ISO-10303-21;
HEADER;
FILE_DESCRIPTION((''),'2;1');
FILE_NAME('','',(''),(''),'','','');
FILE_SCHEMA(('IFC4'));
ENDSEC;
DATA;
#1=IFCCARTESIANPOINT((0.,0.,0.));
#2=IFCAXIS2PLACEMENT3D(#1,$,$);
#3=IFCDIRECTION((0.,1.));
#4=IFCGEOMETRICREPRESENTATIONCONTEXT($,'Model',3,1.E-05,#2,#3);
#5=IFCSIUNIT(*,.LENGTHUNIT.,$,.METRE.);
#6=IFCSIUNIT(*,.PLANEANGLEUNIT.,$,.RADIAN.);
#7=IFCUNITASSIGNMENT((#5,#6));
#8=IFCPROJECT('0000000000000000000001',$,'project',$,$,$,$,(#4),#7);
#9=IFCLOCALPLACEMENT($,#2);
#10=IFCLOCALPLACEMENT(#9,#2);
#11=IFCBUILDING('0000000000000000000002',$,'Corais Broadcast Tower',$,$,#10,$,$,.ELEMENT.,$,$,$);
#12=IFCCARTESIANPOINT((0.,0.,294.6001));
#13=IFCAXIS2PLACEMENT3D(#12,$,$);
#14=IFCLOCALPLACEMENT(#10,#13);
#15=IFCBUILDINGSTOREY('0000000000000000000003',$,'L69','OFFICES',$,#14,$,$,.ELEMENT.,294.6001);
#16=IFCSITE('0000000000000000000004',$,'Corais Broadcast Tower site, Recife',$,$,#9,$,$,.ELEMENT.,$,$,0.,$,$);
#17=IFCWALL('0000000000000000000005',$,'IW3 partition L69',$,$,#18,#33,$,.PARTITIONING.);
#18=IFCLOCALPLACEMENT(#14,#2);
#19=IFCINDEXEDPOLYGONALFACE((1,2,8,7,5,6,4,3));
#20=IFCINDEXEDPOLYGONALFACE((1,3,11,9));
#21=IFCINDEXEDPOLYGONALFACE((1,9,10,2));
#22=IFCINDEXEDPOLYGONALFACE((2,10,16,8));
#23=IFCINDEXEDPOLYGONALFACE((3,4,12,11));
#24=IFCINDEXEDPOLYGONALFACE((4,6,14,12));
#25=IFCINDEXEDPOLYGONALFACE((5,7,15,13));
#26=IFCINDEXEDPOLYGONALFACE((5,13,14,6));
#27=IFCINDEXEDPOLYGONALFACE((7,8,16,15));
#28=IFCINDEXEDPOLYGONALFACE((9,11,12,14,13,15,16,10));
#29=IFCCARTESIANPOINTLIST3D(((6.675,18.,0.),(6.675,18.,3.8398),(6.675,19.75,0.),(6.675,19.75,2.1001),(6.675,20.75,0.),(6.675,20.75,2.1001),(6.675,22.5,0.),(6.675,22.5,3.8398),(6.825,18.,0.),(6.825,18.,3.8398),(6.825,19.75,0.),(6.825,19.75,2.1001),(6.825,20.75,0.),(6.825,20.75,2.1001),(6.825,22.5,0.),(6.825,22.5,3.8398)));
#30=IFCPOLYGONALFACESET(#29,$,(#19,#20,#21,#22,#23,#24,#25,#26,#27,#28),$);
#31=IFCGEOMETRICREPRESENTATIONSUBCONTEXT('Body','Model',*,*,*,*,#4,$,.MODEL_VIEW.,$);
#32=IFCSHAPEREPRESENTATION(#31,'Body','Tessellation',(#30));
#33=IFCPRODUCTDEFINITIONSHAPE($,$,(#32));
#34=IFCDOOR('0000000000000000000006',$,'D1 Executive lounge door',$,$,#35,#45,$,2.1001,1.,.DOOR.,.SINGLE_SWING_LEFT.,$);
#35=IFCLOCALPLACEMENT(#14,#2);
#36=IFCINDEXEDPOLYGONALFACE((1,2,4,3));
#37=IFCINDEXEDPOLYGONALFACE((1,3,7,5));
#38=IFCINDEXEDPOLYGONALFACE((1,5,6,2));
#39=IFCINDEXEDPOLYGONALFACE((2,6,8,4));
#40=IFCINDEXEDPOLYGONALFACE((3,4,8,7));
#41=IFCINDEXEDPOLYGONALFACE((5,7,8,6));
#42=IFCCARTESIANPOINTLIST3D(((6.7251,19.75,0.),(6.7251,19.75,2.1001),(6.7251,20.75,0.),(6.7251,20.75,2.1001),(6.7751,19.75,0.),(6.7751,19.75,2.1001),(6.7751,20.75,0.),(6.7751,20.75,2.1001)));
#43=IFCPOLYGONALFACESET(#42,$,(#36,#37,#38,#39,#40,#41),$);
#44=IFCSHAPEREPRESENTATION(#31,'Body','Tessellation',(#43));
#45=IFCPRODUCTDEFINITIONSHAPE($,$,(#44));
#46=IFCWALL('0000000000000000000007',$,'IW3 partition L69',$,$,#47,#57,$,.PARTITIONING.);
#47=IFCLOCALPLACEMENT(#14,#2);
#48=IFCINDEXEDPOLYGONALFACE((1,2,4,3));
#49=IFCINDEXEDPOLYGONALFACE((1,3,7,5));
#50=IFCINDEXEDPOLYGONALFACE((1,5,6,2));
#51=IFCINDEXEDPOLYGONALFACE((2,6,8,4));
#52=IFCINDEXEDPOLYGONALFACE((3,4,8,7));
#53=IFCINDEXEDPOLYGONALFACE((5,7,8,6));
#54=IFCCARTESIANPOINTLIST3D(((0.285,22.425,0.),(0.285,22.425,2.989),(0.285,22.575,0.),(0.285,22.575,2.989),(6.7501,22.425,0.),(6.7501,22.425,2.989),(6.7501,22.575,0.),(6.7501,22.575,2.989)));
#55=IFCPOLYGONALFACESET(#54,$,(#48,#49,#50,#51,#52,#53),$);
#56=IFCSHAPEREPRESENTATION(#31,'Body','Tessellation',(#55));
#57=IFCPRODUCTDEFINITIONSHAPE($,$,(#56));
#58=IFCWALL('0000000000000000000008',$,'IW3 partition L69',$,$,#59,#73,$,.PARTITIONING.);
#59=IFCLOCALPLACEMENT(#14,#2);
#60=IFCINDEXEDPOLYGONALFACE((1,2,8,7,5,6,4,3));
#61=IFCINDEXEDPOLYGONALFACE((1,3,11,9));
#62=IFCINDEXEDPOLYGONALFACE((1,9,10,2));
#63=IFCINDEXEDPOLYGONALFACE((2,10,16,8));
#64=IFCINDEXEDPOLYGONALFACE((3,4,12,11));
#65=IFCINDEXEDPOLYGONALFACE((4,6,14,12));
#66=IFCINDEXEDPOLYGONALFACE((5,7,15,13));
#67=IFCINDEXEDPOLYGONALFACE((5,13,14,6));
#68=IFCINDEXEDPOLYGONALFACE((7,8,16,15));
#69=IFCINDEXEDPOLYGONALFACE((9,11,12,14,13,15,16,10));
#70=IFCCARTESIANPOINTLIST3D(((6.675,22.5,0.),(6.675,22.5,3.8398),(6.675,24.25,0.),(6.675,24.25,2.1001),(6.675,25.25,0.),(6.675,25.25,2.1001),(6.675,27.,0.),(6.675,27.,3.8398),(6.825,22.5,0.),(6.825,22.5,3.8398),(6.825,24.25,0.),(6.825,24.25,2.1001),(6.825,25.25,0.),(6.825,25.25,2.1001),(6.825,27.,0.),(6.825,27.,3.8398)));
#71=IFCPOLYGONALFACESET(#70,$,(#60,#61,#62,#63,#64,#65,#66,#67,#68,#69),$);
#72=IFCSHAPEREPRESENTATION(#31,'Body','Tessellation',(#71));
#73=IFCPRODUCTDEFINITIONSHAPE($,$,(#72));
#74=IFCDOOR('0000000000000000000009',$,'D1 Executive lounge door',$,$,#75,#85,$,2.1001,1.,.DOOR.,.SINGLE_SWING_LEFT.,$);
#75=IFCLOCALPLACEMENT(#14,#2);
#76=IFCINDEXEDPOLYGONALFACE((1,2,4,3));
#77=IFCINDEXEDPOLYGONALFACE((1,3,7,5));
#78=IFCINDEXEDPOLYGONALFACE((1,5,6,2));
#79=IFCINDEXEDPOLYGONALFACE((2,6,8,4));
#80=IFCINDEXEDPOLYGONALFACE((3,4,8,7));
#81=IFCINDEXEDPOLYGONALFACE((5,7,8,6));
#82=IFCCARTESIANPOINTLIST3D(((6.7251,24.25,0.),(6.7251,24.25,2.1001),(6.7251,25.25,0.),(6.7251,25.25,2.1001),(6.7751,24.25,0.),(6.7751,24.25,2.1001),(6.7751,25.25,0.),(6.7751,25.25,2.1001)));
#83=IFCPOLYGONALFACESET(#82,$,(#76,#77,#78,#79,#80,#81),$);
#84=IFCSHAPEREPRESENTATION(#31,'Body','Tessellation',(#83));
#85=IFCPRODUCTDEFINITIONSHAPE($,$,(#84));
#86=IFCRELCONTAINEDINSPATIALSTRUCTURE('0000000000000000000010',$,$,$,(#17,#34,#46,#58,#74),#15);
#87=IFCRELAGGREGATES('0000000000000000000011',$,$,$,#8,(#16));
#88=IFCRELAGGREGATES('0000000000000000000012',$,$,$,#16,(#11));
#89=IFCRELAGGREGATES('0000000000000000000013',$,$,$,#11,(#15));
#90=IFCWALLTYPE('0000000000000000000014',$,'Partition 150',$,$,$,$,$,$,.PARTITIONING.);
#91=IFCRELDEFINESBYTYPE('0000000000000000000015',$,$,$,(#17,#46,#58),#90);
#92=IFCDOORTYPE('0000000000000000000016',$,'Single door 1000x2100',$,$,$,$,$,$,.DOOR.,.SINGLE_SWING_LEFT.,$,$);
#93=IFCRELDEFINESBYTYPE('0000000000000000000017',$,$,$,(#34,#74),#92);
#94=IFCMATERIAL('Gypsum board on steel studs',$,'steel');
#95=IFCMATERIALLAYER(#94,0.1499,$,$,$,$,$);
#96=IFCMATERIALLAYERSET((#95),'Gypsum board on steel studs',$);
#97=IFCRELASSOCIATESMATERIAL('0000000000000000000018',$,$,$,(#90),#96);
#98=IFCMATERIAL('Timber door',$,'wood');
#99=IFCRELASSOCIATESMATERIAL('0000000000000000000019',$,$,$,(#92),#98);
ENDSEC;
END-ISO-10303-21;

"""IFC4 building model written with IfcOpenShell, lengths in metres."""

from ifc_helpers import new_model, si_unit, direction, frame, frame_2d, origin, place, context, subcontext, project, spatial, rectangle, extrude, material, layer, layer_set, type_object, element, fill, save


model = new_model("IFC4")

# Units and contexts
model_context = context("Model", 3, precision=1e-05, world=origin(), true_north=direction((0.0, 1.0)))
body_context = subcontext(model_context, "Body", "Model", "MODEL_VIEW")
ifc_project = project(units=[si_unit("LENGTHUNIT", "METRE"), si_unit("PLANEANGLEUNIT", "RADIAN")], contexts=[model_context])

# Site, building, storey
site_placement = place(None, origin())
site = spatial("IfcSite", under=ifc_project, at=site_placement, Name="Corais Broadcast Tower site, Recife", CompositionType="ELEMENT", RefElevation=0.0)
building_placement = place(site_placement, origin())
building = spatial("IfcBuilding", under=site, at=building_placement, Name="Corais Broadcast Tower", CompositionType="ELEMENT")
storey_placement = place(building_placement, frame((0.0, 0.0, 294.6001)))
storey = spatial("IfcBuildingStorey", under=building, at=storey_placement, Name="L69", Description="OFFICES", CompositionType="ELEMENT", Elevation=294.6001)

# Shared definitions
ifc_material_1 = material(Name="Gypsum board on steel studs", Category="steel")
ifc_layer_1 = layer(ifc_material_1, 0.1499)
ifc_layer_set_1 = layer_set([ifc_layer_1], Name="Gypsum board on steel studs")
wall_type = type_object("IfcWallType", Name="Partition 150", PredefinedType="PARTITIONING", material=ifc_layer_set_1)

# Wall, opening, door
wall_1_placement = place(storey_placement, frame((6.75, 18.0, 0.0), z_axis=(0.0, 0.0, 1.0), x_axis=(0.0, 1.0, 0.0)))
wall_1 = element("IfcWall", 1, at=wall_1_placement, inside=storey, type_object=wall_type, Name="IW3 partition L69", PredefinedType="PARTITIONING", context=body_context, shape_type="SweptSolid", body=[
    extrude(rectangle(XDim=4.5, YDim=0.1499, at=frame_2d((2.25, 0.0))), origin(), (0.0, 0.0, 1.0), 3.8398),
])
opening_1_placement = place(wall_1_placement, frame((1.75, 0.0, 0.0)))
opening_1 = element("IfcOpeningElement", 2, at=opening_1_placement, cuts=wall_1, PredefinedType="OPENING", context=body_context, shape_type="SweptSolid", body=[
    extrude(rectangle(XDim=1.0, YDim=2.1001, at=frame_2d((0.5, 1.05))), frame((0.0, 0.085, 0.0), z_axis=(0.0, -1.0, 0.0), x_axis=(1.0, 0.0, 0.0)), (0.0, 0.0, 1.0), 0.1699),
])
ifc_material_2 = material(Name="Timber door", Category="wood")
door_type = type_object("IfcDoorType", Name="Single door 1000x2100", OperationType="SINGLE_SWING_LEFT", PredefinedType="DOOR", material=ifc_material_2)
door_1_placement = place(opening_1_placement, origin())
door_1 = element("IfcDoor", 3, at=door_1_placement, inside=storey, type_object=door_type, Name="D1 Executive lounge door", OperationType="SINGLE_SWING_LEFT", OverallHeight=2.1001, OverallWidth=1.0, PredefinedType="DOOR", context=body_context, shape_type="SweptSolid", body=[
    extrude(rectangle(XDim=1.0, YDim=2.1001, at=frame_2d((0.5, 1.05))), frame((0.0, 0.0249, 0.0), z_axis=(0.0, -1.0, 0.0), x_axis=(1.0, 0.0, 0.0)), (0.0, 0.0, 1.0), 0.05),
])
fill(opening_1, door_1)

# Wall
wall_2_placement = place(storey_placement, frame((6.75, 22.5, 0.0), z_axis=(0.0, 0.0, 1.0), x_axis=(-1.0, 0.0, 0.0)))
element("IfcWall", 4, at=wall_2_placement, inside=storey, type_object=wall_type, Name="IW3 partition L69", PredefinedType="PARTITIONING", context=body_context, shape_type="SweptSolid", body=[
    extrude(rectangle(XDim=6.4651, YDim=0.1499, at=frame_2d((3.2324, 0.0))), origin(), (0.0, 0.0, 1.0), 2.989),
])

# Wall, opening, door
wall_3_placement = place(storey_placement, frame((6.75, 22.5, 0.0), z_axis=(0.0, 0.0, 1.0), x_axis=(0.0, 1.0, 0.0)))
wall_3 = element("IfcWall", 5, at=wall_3_placement, inside=storey, type_object=wall_type, Name="IW3 partition L69", PredefinedType="PARTITIONING", context=body_context, shape_type="SweptSolid", body=[
    extrude(rectangle(XDim=4.5, YDim=0.1499, at=frame_2d((2.25, 0.0))), origin(), (0.0, 0.0, 1.0), 3.8398),
])
opening_2_placement = place(wall_3_placement, frame((1.75, 0.0, 0.0)))
opening_2 = element("IfcOpeningElement", 6, at=opening_2_placement, cuts=wall_3, PredefinedType="OPENING", context=body_context, shape_type="SweptSolid", body=[
    extrude(rectangle(XDim=1.0, YDim=2.1001, at=frame_2d((0.5, 1.05))), frame((0.0, 0.085, 0.0), z_axis=(0.0, -1.0, 0.0), x_axis=(1.0, 0.0, 0.0)), (0.0, 0.0, 1.0), 0.1699),
])
door_2_placement = place(opening_2_placement, origin())
door_2 = element("IfcDoor", 7, at=door_2_placement, inside=storey, type_object=door_type, Name="D1 Executive lounge door", OperationType="SINGLE_SWING_LEFT", OverallHeight=2.1001, OverallWidth=1.0, PredefinedType="DOOR", context=body_context, shape_type="SweptSolid", body=[
    extrude(rectangle(XDim=1.0, YDim=2.1001, at=frame_2d((0.5, 1.05))), frame((0.0, 0.0249, 0.0), z_axis=(0.0, -1.0, 0.0), x_axis=(1.0, 0.0, 0.0)), (0.0, 0.0, 1.0), 0.05),
])
fill(opening_2, door_2)

save(model, "model.ifc")
